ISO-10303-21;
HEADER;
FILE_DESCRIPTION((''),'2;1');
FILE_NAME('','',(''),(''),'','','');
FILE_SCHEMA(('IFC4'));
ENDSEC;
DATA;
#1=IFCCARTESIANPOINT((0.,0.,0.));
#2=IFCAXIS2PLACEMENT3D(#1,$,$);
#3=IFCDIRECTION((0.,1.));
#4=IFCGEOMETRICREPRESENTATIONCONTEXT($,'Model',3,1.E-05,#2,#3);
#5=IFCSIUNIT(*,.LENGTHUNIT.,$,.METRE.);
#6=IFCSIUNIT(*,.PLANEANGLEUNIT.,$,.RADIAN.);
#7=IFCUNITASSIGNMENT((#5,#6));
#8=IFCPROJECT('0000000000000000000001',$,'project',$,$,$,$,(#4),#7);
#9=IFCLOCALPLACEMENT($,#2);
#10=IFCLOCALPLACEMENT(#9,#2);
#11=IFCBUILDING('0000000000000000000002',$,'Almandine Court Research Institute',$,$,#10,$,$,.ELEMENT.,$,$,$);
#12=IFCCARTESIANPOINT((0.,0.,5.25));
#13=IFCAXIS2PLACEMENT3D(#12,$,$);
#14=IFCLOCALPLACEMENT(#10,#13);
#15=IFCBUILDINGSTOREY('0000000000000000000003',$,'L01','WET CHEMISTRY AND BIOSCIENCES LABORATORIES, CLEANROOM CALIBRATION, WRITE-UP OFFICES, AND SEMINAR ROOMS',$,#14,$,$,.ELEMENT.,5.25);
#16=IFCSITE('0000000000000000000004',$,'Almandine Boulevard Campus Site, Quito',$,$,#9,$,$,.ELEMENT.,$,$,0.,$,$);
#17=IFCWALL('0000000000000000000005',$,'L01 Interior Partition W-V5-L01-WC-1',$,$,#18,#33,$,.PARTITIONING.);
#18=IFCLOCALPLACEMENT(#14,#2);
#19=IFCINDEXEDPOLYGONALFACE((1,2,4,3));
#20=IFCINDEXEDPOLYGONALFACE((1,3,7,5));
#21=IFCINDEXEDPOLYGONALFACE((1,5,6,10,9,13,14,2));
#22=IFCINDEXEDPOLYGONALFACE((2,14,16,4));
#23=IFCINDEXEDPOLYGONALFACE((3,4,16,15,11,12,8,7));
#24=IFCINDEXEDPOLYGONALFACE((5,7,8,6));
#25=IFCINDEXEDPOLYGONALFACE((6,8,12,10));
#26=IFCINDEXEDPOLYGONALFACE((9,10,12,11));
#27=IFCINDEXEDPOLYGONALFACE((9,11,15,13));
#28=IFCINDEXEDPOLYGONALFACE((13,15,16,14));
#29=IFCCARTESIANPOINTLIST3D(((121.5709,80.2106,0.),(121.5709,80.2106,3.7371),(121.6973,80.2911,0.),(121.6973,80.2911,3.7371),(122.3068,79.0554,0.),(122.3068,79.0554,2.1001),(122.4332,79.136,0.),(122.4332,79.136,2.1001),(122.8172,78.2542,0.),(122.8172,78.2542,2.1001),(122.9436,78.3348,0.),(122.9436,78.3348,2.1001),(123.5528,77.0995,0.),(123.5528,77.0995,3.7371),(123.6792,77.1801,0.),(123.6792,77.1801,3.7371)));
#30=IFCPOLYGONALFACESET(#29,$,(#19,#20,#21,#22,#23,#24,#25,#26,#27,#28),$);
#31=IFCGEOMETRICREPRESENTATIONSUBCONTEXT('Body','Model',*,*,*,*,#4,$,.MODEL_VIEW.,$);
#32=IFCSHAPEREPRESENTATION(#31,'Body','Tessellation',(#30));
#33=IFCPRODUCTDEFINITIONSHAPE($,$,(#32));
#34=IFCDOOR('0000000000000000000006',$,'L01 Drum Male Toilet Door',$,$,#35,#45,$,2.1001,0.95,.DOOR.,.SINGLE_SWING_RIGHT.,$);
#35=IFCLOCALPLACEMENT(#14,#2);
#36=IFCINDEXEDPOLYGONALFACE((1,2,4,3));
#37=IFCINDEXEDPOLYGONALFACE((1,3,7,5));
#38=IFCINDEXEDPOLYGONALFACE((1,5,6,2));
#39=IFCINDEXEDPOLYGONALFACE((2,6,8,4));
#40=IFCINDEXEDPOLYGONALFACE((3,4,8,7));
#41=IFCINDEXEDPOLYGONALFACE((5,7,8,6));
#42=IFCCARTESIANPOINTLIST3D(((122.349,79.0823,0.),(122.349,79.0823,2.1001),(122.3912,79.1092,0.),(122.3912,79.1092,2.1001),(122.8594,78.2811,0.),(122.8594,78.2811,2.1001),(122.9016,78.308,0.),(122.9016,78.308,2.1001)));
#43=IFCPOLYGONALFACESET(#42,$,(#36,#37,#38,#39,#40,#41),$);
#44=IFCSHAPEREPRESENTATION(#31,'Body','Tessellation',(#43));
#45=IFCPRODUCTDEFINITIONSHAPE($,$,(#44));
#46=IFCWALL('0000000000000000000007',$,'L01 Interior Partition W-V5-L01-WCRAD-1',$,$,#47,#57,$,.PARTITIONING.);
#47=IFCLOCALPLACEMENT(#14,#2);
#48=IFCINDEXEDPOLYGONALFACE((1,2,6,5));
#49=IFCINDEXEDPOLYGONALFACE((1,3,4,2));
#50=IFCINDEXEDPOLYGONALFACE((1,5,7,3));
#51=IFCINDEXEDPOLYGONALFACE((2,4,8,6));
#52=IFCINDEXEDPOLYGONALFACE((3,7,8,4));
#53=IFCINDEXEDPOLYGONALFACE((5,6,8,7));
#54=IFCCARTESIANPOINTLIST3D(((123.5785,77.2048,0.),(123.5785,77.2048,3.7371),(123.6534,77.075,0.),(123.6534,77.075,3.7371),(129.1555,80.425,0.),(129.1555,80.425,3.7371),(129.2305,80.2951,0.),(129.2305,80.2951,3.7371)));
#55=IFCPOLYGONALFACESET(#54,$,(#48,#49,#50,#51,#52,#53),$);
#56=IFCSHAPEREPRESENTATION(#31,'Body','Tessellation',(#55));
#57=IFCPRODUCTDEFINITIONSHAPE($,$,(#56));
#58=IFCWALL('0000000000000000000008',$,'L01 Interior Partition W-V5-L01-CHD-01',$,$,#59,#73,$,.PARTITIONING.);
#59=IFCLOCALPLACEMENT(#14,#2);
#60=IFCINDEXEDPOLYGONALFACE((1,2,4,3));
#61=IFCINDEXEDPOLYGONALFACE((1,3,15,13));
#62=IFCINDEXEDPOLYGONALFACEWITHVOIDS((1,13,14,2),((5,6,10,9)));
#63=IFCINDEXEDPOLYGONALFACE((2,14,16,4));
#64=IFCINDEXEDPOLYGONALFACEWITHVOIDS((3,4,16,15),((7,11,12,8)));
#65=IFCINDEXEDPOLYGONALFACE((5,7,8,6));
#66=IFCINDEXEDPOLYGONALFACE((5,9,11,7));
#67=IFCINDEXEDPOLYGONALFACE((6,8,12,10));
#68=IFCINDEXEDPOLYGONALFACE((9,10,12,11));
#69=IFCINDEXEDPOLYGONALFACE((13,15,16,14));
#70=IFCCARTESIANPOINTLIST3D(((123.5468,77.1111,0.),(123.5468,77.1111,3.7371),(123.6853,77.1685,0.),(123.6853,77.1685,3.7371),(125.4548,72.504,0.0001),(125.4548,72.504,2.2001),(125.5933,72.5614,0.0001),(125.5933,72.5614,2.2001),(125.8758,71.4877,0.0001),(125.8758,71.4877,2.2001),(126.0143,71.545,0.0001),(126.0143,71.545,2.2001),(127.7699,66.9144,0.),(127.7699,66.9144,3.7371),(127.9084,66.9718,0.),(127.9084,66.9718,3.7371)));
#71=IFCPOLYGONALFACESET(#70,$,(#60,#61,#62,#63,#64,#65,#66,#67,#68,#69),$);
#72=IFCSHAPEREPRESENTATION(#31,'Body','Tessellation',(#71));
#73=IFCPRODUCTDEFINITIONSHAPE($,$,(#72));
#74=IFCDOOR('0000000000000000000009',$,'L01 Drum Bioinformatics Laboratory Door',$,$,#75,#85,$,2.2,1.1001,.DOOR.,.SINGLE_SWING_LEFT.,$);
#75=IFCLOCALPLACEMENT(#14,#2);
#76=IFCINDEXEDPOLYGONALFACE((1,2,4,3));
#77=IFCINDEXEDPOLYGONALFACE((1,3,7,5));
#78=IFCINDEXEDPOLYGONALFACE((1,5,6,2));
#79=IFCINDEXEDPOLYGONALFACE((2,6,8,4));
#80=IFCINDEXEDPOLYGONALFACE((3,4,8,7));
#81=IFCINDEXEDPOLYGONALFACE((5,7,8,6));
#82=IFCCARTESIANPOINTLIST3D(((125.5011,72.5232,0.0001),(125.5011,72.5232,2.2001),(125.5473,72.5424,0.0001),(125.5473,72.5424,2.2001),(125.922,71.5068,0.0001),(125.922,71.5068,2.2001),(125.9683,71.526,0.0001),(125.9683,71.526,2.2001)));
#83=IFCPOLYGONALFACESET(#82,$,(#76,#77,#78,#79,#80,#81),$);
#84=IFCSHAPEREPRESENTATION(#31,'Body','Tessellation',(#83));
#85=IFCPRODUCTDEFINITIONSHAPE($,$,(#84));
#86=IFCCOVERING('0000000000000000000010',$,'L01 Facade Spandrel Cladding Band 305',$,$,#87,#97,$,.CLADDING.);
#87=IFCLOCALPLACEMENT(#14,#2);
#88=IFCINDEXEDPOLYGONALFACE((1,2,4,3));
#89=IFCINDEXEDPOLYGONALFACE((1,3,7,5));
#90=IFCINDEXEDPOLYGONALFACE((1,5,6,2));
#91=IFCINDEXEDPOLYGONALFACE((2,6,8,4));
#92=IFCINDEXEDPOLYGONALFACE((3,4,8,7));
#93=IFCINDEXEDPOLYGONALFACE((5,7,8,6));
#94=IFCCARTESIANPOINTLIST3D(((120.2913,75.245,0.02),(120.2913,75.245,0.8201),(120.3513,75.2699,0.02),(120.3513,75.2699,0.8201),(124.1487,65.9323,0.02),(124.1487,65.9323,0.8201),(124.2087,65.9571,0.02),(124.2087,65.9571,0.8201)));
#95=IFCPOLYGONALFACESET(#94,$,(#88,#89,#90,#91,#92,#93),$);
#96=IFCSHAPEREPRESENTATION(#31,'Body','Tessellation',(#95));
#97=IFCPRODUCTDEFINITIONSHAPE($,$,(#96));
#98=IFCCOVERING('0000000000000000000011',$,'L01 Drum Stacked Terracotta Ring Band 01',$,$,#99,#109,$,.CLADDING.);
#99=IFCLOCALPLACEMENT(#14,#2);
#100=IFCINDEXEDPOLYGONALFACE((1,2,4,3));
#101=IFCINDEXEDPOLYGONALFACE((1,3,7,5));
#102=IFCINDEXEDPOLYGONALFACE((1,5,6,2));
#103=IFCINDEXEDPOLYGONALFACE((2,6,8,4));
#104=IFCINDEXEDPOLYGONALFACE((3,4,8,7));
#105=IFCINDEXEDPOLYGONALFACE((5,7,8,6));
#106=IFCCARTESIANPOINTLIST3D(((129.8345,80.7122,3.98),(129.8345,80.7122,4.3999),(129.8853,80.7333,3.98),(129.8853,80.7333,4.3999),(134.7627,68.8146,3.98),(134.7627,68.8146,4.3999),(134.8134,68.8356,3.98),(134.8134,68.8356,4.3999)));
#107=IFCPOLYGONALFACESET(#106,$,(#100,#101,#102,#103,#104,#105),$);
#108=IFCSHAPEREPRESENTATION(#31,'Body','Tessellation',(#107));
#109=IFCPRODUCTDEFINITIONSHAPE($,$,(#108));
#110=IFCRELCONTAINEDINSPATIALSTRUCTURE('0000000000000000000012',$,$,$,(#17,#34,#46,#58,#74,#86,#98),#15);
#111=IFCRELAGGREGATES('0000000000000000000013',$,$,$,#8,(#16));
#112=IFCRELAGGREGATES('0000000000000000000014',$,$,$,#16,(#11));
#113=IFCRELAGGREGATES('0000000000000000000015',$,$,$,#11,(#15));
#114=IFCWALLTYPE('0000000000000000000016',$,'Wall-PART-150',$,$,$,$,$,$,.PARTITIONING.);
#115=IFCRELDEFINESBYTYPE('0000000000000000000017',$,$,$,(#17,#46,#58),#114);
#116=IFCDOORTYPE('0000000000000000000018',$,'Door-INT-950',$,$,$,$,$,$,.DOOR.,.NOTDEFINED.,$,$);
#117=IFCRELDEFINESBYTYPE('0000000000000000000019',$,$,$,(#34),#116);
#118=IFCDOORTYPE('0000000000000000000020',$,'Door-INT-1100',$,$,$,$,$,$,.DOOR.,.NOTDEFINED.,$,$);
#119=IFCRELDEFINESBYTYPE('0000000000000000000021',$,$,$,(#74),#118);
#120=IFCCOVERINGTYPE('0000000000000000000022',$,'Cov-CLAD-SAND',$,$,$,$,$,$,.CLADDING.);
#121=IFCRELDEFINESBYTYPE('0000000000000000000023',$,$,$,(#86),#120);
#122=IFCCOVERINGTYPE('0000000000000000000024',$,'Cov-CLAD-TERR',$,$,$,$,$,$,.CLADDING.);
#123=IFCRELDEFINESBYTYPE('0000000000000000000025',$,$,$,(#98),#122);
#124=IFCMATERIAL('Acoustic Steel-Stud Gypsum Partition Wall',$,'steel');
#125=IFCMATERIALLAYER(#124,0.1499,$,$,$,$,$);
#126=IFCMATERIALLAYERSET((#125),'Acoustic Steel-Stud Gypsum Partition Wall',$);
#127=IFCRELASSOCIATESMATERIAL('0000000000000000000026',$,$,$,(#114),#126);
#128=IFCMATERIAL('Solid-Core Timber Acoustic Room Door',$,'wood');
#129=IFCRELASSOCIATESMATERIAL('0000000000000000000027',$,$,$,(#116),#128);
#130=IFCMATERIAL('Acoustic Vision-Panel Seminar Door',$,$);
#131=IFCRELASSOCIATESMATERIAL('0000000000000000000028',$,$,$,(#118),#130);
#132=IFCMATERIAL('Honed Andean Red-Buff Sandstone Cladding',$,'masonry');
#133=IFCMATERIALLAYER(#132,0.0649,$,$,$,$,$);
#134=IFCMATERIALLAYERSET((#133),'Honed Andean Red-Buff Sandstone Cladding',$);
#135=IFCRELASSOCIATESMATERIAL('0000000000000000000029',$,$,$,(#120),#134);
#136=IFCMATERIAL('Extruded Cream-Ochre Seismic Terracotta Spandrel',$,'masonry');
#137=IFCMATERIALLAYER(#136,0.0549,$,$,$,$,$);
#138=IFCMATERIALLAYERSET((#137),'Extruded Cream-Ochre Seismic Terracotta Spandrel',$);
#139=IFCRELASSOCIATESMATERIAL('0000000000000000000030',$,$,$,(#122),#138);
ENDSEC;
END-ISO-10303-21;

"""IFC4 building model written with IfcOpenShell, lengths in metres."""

from ifc_helpers import new_model, si_unit, direction, frame, frame_2d, origin, origin_2d, place, context, subcontext, project, spatial, rectangle, extrude, material, layer, layer_set, type_object, element, fill, save


model = new_model("IFC4")

# Units and contexts
model_context = context("Model", 3, precision=1e-05, world=origin(), true_north=direction((0.0, 1.0)))
body_context = subcontext(model_context, "Body", "Model", "MODEL_VIEW")
ifc_project = project(units=[si_unit("LENGTHUNIT", "METRE"), si_unit("PLANEANGLEUNIT", "RADIAN")], contexts=[model_context])

# Site, building, storey
site_placement = place(None, origin())
site = spatial("IfcSite", under=ifc_project, at=site_placement, Name="Almandine Boulevard Campus Site, Quito", CompositionType="ELEMENT", RefElevation=0.0)
building_placement = place(site_placement, origin())
building = spatial("IfcBuilding", under=site, at=building_placement, Name="Almandine Court Research Institute", CompositionType="ELEMENT")
storey_placement = place(building_placement, frame((0.0, 0.0, 5.25)))
storey = spatial("IfcBuildingStorey", under=building, at=storey_placement, Name="L01", Description="WET CHEMISTRY AND BIOSCIENCES LABORATORIES, CLEANROOM CALIBRATION, WRITE-UP OFFICES, AND SEMINAR ROOMS", CompositionType="ELEMENT", Elevation=5.25)

# Wall, opening, door
ifc_material_1 = material(Name="Acoustic Steel-Stud Gypsum Partition Wall", Category="steel")
ifc_layer_1 = layer(ifc_material_1, 0.1499)
ifc_layer_set_1 = layer_set([ifc_layer_1], Name="Acoustic Steel-Stud Gypsum Partition Wall")
wall_type = type_object("IfcWallType", Name="Wall-PART-150", PredefinedType="PARTITIONING", material=ifc_layer_set_1)
wall_1_placement = place(storey_placement, frame((123.616, 77.1399, 0.0), z_axis=(0.0, 0.0, 1.0), x_axis=(-0.537291, 0.843397, 0.0)))
wall_1 = element("IfcWall", 1, at=wall_1_placement, inside=storey, type_object=wall_type, Name="L01 Interior Partition W-V5-L01-WC-1", PredefinedType="PARTITIONING", context=body_context, shape_type="SweptSolid", body=[
    extrude(rectangle(XDim=3.6887, YDim=0.1499, at=frame_2d((1.8442, 0.0))), origin(), (0.0, 0.0, 1.0), 3.7371),
])
opening_1_placement = place(wall_1_placement, frame((1.3689, 0.0, 0.0)))
opening_1 = element("IfcOpeningElement", 2, at=opening_1_placement, cuts=wall_1, PredefinedType="OPENING", context=body_context, shape_type="SweptSolid", body=[
    extrude(rectangle(XDim=0.95, YDim=2.1001, at=frame_2d((0.4751, 1.05))), frame((0.0, 0.085, 0.0), z_axis=(0.0, -1.0, 0.0), x_axis=(1.0, 0.0, 0.0)), (0.0, 0.0, 1.0), 0.1699),
])
ifc_material_2 = material(Name="Solid-Core Timber Acoustic Room Door", Category="wood")
door_type_1 = type_object("IfcDoorType", Name="Door-INT-950", OperationType="NOTDEFINED", PredefinedType="DOOR", material=ifc_material_2)
door_1_placement = place(opening_1_placement, origin())
door_1 = element("IfcDoor", 3, at=door_1_placement, inside=storey, type_object=door_type_1, Name="L01 Drum Male Toilet Door", OperationType="SINGLE_SWING_RIGHT", OverallHeight=2.1001, OverallWidth=0.95, PredefinedType="DOOR", context=body_context, shape_type="SweptSolid", body=[
    extrude(rectangle(XDim=0.95, YDim=2.1001, at=frame_2d((0.4751, 1.05))), frame((0.0, 0.0249, 0.0), z_axis=(0.0, -1.0, 0.0), x_axis=(1.0, 0.0, 0.0)), (0.0, 0.0, 1.0), 0.05),
])
fill(opening_1, door_1)

# Wall
wall_2_placement = place(storey_placement, frame((123.616, 77.1399, 0.0), z_axis=(0.0, 0.0, 1.0), x_axis=(0.866009, 0.500029, 0.0)))
element("IfcWall", 4, at=wall_2_placement, inside=storey, type_object=wall_type, Name="L01 Interior Partition W-V5-L01-WCRAD-1", PredefinedType="PARTITIONING", context=body_context, shape_type="SweptSolid", body=[
    extrude(rectangle(XDim=6.4399, YDim=0.1499, at=frame_2d((3.22, 0.0))), origin(), (0.0, 0.0, 1.0), 3.7371),
])

# Wall, opening, door
wall_3_placement = place(storey_placement, frame((127.8391, 66.9431, 0.0), z_axis=(0.0, 0.0, 1.0), x_axis=(-0.382645, 0.923896, 0.0)))
wall_3 = element("IfcWall", 5, at=wall_3_placement, inside=storey, type_object=wall_type, Name="L01 Interior Partition W-V5-L01-CHD-01", PredefinedType="PARTITIONING", context=body_context, shape_type="SweptSolid", body=[
    extrude(rectangle(XDim=11.0366, YDim=0.1499, at=frame_2d((5.5183, 0.0))), origin(), (0.0, 0.0, 1.0), 3.7371),
])
opening_2_placement = place(wall_3_placement, frame((4.95, 0.0, 0.0)))
opening_2 = element("IfcOpeningElement", 6, at=opening_2_placement, cuts=wall_3, PredefinedType="OPENING", context=body_context, shape_type="SweptSolid", body=[
    extrude(rectangle(XDim=1.1001, YDim=2.2, at=frame_2d((0.55, 1.1001))), frame((0.0, 0.085, 0.0), z_axis=(0.0, -1.0, 0.0), x_axis=(1.0, 0.0, 0.0)), (0.0, 0.0, 1.0), 0.1699),
])
ifc_material_3 = material(Name="Acoustic Vision-Panel Seminar Door")
door_type_2 = type_object("IfcDoorType", Name="Door-INT-1100", OperationType="NOTDEFINED", PredefinedType="DOOR", material=ifc_material_3)
door_2_placement = place(opening_2_placement, origin())
door_2 = element("IfcDoor", 7, at=door_2_placement, inside=storey, type_object=door_type_2, Name="L01 Drum Bioinformatics Laboratory Door", OperationType="SINGLE_SWING_LEFT", OverallHeight=2.2, OverallWidth=1.1001, PredefinedType="DOOR", context=body_context, shape_type="SweptSolid", body=[
    extrude(rectangle(XDim=1.1001, YDim=2.2, at=frame_2d((0.55, 1.1001))), frame((0.0, 0.0249, 0.0), z_axis=(0.0, -1.0, 0.0), x_axis=(1.0, 0.0, 0.0)), (0.0, 0.0, 1.0), 0.05),
])
fill(opening_2, door_2)

# Coverings
ifc_material_4 = material(Name="Honed Andean Red-Buff Sandstone Cladding", Category="masonry")
ifc_layer_2 = layer(ifc_material_4, 0.0649)
ifc_layer_set_2 = layer_set([ifc_layer_2], Name="Honed Andean Red-Buff Sandstone Cladding")
covering_type_1 = type_object("IfcCoveringType", Name="Cov-CLAD-SAND", PredefinedType="CLADDING", material=ifc_layer_set_2)
covering_1_placement = place(storey_placement, frame((122.25, 70.6011, 0.02), z_axis=(0.0, 0.0, 1.0), x_axis=(-0.382683, 0.92388, 0.0)))
element("IfcCovering", 8, at=covering_1_placement, inside=storey, type_object=covering_type_1, Name="L01 Facade Spandrel Cladding Band 305", PredefinedType="CLADDING", context=body_context, shape_type="SweptSolid", body=[
    extrude(rectangle(XDim=10.0801, YDim=0.0649, at=origin_2d()), origin(), (0.0, 0.0, 1.0), 0.8),
])
ifc_material_5 = material(Name="Extruded Cream-Ochre Seismic Terracotta Spandrel", Category="masonry")
ifc_layer_3 = layer(ifc_material_5, 0.0549)
ifc_layer_set_3 = layer_set([ifc_layer_3], Name="Extruded Cream-Ochre Seismic Terracotta Spandrel")
covering_type_2 = type_object("IfcCoveringType", Name="Cov-CLAD-TERR", PredefinedType="CLADDING", material=ifc_layer_set_3)
covering_2_placement = place(storey_placement, frame((132.324, 74.7739, 3.98), z_axis=(0.0, 0.0, 1.0), x_axis=(0.382683, -0.92388, 0.0)))
element("IfcCovering", 9, at=covering_2_placement, inside=storey, type_object=covering_type_2, Name="L01 Drum Stacked Terracotta Ring Band 01", PredefinedType="CLADDING", context=body_context, shape_type="SweptSolid", body=[
    extrude(rectangle(XDim=12.8779, YDim=0.0549, at=origin_2d()), origin(), (0.0, 0.0, 1.0), 0.4199),
])

save(model, "model.ifc")
